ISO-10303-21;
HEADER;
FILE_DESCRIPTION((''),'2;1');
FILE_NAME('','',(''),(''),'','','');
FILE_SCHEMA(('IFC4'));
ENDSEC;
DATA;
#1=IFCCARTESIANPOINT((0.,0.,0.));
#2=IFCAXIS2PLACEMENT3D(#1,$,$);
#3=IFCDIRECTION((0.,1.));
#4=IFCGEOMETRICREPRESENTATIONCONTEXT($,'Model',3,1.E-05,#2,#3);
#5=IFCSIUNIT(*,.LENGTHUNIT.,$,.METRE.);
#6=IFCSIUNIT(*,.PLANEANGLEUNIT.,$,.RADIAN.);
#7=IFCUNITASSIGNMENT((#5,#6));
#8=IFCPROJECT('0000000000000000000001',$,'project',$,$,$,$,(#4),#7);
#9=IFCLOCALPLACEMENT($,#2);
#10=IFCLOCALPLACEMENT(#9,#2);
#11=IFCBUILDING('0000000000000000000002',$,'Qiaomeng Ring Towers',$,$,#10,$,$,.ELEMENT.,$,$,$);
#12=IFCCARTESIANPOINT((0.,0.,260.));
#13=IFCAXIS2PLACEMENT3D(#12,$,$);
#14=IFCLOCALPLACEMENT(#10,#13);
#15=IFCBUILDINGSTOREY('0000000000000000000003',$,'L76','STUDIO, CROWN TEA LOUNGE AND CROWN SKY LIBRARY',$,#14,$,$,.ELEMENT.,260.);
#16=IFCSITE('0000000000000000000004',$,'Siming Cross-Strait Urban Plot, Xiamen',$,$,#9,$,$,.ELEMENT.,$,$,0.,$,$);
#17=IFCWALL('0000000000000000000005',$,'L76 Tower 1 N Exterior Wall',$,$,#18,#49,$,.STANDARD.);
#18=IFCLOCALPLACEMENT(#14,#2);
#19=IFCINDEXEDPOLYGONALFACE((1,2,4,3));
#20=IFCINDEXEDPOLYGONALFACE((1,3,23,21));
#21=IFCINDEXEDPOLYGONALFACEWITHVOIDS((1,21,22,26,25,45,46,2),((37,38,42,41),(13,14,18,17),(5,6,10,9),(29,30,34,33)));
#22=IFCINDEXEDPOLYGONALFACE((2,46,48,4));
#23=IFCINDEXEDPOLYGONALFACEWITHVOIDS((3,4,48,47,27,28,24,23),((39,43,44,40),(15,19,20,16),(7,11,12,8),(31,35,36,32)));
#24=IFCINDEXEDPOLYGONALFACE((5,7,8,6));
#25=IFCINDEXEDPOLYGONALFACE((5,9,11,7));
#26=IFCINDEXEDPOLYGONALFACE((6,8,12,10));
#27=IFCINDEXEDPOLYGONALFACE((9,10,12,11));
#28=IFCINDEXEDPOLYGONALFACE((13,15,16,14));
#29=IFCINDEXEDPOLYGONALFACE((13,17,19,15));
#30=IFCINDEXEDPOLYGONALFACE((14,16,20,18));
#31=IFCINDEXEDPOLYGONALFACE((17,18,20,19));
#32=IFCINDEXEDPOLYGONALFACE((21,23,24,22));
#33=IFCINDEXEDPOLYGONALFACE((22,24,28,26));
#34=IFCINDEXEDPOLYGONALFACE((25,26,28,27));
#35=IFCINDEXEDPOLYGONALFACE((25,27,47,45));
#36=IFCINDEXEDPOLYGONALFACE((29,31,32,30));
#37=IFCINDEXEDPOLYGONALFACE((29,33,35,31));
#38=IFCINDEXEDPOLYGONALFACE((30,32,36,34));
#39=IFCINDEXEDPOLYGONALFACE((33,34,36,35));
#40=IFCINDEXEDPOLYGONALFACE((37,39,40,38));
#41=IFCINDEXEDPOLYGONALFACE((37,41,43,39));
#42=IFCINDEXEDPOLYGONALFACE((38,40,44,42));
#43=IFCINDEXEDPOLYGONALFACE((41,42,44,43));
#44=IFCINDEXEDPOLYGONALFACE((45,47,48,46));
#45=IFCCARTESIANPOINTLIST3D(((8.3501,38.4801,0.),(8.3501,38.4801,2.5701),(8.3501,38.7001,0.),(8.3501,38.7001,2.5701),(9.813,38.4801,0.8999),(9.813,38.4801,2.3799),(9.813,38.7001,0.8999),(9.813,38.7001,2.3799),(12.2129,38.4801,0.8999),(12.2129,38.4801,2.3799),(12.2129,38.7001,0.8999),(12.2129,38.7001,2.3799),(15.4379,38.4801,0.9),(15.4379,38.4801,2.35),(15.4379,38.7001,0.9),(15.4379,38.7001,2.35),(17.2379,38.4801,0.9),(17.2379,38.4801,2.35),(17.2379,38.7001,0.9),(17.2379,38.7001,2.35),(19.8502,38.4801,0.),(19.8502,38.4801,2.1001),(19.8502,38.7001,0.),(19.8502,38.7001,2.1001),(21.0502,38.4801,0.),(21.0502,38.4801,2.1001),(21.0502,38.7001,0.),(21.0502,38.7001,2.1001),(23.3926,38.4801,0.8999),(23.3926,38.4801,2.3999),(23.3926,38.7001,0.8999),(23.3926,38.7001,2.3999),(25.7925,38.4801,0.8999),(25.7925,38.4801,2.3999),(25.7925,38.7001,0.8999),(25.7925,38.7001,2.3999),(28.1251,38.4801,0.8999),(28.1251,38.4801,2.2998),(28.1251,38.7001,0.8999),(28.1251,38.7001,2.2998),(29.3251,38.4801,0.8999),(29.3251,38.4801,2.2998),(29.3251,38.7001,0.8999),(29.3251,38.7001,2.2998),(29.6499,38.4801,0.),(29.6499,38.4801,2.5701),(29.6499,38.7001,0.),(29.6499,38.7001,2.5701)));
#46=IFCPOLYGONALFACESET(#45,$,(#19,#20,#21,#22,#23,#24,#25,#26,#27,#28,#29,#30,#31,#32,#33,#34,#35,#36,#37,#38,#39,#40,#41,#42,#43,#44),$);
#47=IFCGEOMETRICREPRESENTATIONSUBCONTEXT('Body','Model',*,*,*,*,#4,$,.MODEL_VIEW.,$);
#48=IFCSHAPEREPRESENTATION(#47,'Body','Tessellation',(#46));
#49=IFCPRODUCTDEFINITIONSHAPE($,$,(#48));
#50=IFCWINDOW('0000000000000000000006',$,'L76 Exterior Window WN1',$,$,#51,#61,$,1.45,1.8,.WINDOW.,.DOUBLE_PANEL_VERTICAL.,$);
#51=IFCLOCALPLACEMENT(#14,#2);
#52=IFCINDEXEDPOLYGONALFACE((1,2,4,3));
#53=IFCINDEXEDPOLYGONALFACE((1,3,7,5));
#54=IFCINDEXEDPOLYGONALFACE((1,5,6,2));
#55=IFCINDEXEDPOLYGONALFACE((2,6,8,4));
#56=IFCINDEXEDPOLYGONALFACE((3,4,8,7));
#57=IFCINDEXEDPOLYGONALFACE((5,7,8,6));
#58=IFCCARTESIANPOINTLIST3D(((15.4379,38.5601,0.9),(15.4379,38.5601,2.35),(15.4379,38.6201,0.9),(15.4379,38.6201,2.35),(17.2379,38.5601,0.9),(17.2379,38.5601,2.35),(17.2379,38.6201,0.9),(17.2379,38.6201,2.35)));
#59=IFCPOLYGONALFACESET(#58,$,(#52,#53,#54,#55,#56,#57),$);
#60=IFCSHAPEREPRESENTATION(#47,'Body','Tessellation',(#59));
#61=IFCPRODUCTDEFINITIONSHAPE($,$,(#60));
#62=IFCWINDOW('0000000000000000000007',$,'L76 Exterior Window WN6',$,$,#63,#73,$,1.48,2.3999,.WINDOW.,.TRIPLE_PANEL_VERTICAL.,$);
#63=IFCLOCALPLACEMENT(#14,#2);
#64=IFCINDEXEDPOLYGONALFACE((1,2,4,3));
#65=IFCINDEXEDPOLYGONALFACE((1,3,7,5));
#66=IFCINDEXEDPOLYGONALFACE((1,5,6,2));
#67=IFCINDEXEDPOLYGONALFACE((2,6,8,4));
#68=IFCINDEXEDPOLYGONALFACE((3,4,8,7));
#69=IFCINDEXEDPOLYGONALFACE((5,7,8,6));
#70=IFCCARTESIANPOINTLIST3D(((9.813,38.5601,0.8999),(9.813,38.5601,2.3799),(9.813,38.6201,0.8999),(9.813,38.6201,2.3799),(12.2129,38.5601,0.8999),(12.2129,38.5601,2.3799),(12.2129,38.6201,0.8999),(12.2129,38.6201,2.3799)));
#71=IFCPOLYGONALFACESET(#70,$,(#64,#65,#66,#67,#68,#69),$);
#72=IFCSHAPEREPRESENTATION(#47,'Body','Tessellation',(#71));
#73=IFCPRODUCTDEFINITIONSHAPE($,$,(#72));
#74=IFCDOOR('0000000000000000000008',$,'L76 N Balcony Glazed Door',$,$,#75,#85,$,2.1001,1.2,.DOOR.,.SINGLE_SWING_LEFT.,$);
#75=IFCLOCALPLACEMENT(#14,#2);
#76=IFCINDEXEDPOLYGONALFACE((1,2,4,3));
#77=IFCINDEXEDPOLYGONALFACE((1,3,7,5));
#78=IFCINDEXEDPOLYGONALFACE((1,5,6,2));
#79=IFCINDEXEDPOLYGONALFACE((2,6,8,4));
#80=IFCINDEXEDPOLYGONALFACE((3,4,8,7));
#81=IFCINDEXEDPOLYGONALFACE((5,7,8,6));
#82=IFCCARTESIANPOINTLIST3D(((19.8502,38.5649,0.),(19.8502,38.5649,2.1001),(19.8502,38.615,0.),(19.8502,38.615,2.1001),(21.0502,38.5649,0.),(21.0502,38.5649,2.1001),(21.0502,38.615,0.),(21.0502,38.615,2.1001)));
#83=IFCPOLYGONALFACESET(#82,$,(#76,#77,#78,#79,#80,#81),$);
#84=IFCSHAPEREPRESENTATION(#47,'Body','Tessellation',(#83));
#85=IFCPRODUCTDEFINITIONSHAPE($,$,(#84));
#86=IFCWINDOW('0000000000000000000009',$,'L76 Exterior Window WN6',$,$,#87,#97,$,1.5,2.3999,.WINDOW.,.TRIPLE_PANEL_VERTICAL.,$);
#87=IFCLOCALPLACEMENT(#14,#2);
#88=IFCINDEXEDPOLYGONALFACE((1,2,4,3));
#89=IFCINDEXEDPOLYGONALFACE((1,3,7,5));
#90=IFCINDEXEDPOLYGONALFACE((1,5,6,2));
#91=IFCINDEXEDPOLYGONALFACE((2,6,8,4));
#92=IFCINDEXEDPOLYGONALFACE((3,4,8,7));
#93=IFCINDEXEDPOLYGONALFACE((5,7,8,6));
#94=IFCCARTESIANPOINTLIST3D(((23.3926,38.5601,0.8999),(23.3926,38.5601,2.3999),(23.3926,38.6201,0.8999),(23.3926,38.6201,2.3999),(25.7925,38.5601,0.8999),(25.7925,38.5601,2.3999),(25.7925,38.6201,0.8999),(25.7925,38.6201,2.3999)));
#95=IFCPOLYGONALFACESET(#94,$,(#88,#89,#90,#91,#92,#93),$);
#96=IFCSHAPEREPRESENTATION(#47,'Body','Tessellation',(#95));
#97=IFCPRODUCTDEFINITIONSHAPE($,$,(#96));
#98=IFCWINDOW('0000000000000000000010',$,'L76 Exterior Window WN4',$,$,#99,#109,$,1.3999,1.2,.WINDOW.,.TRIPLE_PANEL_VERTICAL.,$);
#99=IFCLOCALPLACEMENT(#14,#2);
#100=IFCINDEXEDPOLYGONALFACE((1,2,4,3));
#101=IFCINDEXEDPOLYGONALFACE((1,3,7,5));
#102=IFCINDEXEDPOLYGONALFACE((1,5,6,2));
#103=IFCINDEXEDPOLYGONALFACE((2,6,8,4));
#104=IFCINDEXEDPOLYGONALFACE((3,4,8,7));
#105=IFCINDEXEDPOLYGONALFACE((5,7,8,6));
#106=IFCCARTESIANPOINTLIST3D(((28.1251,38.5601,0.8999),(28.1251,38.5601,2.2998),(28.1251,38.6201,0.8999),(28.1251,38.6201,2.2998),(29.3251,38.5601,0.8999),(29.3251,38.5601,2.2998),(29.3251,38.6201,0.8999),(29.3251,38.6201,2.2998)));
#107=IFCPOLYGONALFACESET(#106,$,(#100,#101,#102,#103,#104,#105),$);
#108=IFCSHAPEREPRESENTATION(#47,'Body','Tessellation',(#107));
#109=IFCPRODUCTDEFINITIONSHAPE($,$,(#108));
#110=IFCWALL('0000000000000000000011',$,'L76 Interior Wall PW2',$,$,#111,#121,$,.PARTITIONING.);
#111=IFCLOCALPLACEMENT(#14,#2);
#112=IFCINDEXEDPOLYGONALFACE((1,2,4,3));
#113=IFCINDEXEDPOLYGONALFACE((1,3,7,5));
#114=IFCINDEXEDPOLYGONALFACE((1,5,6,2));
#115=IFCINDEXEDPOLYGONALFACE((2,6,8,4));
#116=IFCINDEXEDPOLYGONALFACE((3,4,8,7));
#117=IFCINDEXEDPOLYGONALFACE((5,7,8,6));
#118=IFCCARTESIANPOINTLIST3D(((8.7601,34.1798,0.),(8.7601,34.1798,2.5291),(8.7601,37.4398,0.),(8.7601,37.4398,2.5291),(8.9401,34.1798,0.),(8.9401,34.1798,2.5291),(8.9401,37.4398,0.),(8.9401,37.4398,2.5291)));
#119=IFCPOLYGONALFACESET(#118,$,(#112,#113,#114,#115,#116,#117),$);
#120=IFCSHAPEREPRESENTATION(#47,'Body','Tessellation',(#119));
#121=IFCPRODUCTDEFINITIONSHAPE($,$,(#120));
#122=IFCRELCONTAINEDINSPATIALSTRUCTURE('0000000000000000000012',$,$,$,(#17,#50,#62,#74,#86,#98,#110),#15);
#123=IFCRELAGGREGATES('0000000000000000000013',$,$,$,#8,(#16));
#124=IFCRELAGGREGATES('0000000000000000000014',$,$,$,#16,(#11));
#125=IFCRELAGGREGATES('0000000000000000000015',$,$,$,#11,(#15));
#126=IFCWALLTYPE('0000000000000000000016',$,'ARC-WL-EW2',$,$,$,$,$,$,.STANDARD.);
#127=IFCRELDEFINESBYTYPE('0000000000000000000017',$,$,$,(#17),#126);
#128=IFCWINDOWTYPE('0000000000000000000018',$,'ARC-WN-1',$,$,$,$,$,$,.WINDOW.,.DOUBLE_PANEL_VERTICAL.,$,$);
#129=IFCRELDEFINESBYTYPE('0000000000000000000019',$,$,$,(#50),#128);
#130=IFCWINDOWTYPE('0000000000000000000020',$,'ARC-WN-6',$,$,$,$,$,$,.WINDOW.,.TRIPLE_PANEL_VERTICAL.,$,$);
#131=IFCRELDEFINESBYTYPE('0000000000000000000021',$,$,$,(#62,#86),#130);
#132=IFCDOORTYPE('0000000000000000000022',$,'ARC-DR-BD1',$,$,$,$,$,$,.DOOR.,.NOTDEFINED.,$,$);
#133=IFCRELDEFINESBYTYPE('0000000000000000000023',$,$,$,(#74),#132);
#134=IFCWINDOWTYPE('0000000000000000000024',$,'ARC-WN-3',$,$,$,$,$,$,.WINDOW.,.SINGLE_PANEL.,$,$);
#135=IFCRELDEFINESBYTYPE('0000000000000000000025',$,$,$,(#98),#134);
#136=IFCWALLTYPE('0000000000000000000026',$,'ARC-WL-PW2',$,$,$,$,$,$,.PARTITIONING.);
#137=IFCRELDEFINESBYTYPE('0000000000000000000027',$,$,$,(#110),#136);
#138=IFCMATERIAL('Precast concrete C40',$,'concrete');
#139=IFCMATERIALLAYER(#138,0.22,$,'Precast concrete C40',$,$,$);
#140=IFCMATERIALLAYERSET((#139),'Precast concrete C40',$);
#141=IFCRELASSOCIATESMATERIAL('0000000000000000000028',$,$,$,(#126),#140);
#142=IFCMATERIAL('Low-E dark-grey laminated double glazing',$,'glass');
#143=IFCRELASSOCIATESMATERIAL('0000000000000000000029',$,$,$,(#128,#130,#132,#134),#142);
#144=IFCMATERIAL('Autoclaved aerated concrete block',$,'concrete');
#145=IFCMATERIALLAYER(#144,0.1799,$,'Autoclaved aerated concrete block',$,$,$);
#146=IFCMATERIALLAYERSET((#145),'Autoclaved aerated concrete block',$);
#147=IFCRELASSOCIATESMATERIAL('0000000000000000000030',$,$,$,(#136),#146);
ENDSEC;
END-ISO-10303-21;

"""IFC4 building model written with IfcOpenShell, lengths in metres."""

from ifc_helpers import new_model, si_unit, direction, frame, frame_2d, origin, place, context, subcontext, project, spatial, rectangle, extrude, source, transform, mapped, material, layer, layer_set, type_object, element, fill, save


model = new_model("IFC4")

# Units and contexts
model_context = context("Model", 3, precision=1e-05, world=origin(), true_north=direction((0.0, 1.0)))
body_context = subcontext(model_context, "Body", "Model", "MODEL_VIEW")
ifc_project = project(units=[si_unit("LENGTHUNIT", "METRE"), si_unit("PLANEANGLEUNIT", "RADIAN")], contexts=[model_context])

# Site, building, storey
site_placement = place(None, origin())
site = spatial("IfcSite", under=ifc_project, at=site_placement, Name="Siming Cross-Strait Urban Plot, Xiamen", CompositionType="ELEMENT", RefElevation=0.0)
building_placement = place(site_placement, origin())
building = spatial("IfcBuilding", under=site, at=building_placement, Name="Qiaomeng Ring Towers", CompositionType="ELEMENT")
storey_placement = place(building_placement, frame((0.0, 0.0, 260.0)))
storey = spatial("IfcBuildingStorey", under=building, at=storey_placement, Name="L76", Description="STUDIO, CROWN TEA LOUNGE AND CROWN SKY LIBRARY", CompositionType="ELEMENT", Elevation=260.0)

# Shared definitions
ifc_material_1 = material(Name="Low-E dark-grey laminated double glazing", Category="glass")

# Wall, openings, windows, door
ifc_material_2 = material(Name="Precast concrete C40", Category="concrete")
ifc_layer_1 = layer(ifc_material_2, 0.22, Name="Precast concrete C40")
ifc_layer_set_1 = layer_set([ifc_layer_1], Name="Precast concrete C40")
wall_type_1 = type_object("IfcWallType", Name="ARC-WL-EW2", PredefinedType="STANDARD", material=ifc_layer_set_1)
wall_1_placement = place(storey_placement, frame((8.3501, 38.5901, 0.0), z_axis=(0.0, 0.0, 1.0), x_axis=(1.0, 0.0, 0.0)))
wall_1 = element("IfcWall", 1, at=wall_1_placement, inside=storey, type_object=wall_type_1, Name="L76 Tower 1 N Exterior Wall", PredefinedType="STANDARD", context=body_context, shape_type="SweptSolid", body=[
    extrude(rectangle(XDim=21.2998, YDim=0.22, at=frame_2d((10.6499, 0.0))), origin(), (0.0, 0.0, 1.0), 2.5701),
])
opening_1_placement = place(wall_1_placement, frame((11.5, 0.0, 0.0)))
opening_1 = element("IfcOpeningElement", 2, at=opening_1_placement, cuts=wall_1, PredefinedType="OPENING", context=body_context, shape_type="SweptSolid", body=[
    extrude(rectangle(XDim=1.2, YDim=2.1001, at=frame_2d((0.6001, 1.05))), frame((0.0, 0.1199, 0.0), z_axis=(0.0, -1.0, 0.0), x_axis=(1.0, 0.0, 0.0)), (0.0, 0.0, 1.0), 0.24),
])
opening_2_placement = place(wall_1_placement, frame((1.4629, 0.0, 0.8999)))
opening_2 = element("IfcOpeningElement", 3, at=opening_2_placement, cuts=wall_1, PredefinedType="OPENING", context=body_context, shape_type="SweptSolid", body=[
    extrude(rectangle(XDim=2.3999, YDim=1.48, at=frame_2d((1.2, 0.74))), frame((0.0, 0.1199, 0.0), z_axis=(0.0, -1.0, 0.0), x_axis=(1.0, 0.0, 0.0)), (0.0, 0.0, 1.0), 0.24),
])
opening_3_placement = place(wall_1_placement, frame((7.0879, 0.0, 0.8999)))
opening_3 = element("IfcOpeningElement", 4, at=opening_3_placement, cuts=wall_1, PredefinedType="OPENING", context=body_context, shape_type="SweptSolid", body=[
    extrude(rectangle(XDim=1.8, YDim=1.45, at=frame_2d((0.8999, 0.7251))), frame((0.0, 0.1199, 0.0), z_axis=(0.0, -1.0, 0.0), x_axis=(1.0, 0.0, 0.0)), (0.0, 0.0, 1.0), 0.24),
])
opening_4_placement = place(wall_1_placement, frame((19.7749, 0.0, 0.8999)))
opening_4 = element("IfcOpeningElement", 5, at=opening_4_placement, cuts=wall_1, PredefinedType="OPENING", context=body_context, shape_type="SweptSolid", body=[
    extrude(rectangle(XDim=1.2, YDim=1.3999, at=frame_2d((0.6001, 0.7))), frame((0.0, 0.1199, 0.0), z_axis=(0.0, -1.0, 0.0), x_axis=(1.0, 0.0, 0.0)), (0.0, 0.0, 1.0), 0.24),
])
opening_5_placement = place(wall_1_placement, frame((15.0425, 0.0, 0.8999)))
opening_5 = element("IfcOpeningElement", 6, at=opening_5_placement, cuts=wall_1, PredefinedType="OPENING", context=body_context, shape_type="SweptSolid", body=[
    extrude(rectangle(XDim=2.3999, YDim=1.5, at=frame_2d((1.2, 0.75))), frame((0.0, 0.1199, 0.0), z_axis=(0.0, -1.0, 0.0), x_axis=(1.0, 0.0, 0.0)), (0.0, 0.0, 1.0), 0.24),
])
window_type_1 = type_object("IfcWindowType", Name="ARC-WN-1", PartitioningType="DOUBLE_PANEL_VERTICAL", PredefinedType="WINDOW", material=ifc_material_1)
shared_shape_1 = source(origin(), body_context, "Body", "SweptSolid", [
    extrude(rectangle(XDim=1.8, YDim=1.45, at=frame_2d((0.8999, 0.7251))), frame((0.0, 0.03, 0.0), z_axis=(0.0, -1.0, 0.0), x_axis=(1.0, 0.0, 0.0)), (0.0, 0.0, 1.0), 0.0601),
])
window_1_placement = place(opening_3_placement, origin())
window_1 = element("IfcWindow", 7, at=window_1_placement, inside=storey, type_object=window_type_1, Name="L76 Exterior Window WN1", OverallHeight=1.45, OverallWidth=1.8, PartitioningType="DOUBLE_PANEL_VERTICAL", PredefinedType="WINDOW", context=body_context, shape_type="MappedRepresentation", body=[
    mapped(shared_shape_1, transform((0.0, 0.0, 0.0), x_axis=(1.0, 0.0, 0.0), y_axis=(0.0, 1.0, 0.0), z_axis=(0.0, 0.0, 1.0), scale=1.0)),
])
fill(opening_3, window_1)
window_type_2 = type_object("IfcWindowType", Name="ARC-WN-6", PartitioningType="TRIPLE_PANEL_VERTICAL", PredefinedType="WINDOW", material=ifc_material_1)
shared_shape_2 = source(origin(), body_context, "Body", "SweptSolid", [
    extrude(rectangle(XDim=2.3999, YDim=1.48, at=frame_2d((1.2, 0.74))), frame((0.0, 0.03, 0.0), z_axis=(0.0, -1.0, 0.0), x_axis=(1.0, 0.0, 0.0)), (0.0, 0.0, 1.0), 0.0601),
])
window_2_placement = place(opening_2_placement, origin())
window_2 = element("IfcWindow", 8, at=window_2_placement, inside=storey, type_object=window_type_2, Name="L76 Exterior Window WN6", OverallHeight=1.48, OverallWidth=2.3999, PartitioningType="TRIPLE_PANEL_VERTICAL", PredefinedType="WINDOW", context=body_context, shape_type="MappedRepresentation", body=[
    mapped(shared_shape_2, transform((0.0, 0.0, 0.0), x_axis=(1.0, 0.0, 0.0), y_axis=(0.0, 1.0, 0.0), z_axis=(0.0, 0.0, 1.0), scale=1.0)),
])
fill(opening_2, window_2)
door_type_1 = type_object("IfcDoorType", Name="ARC-DR-BD1", OperationType="NOTDEFINED", PredefinedType="DOOR", material=ifc_material_1)
shared_shape_3 = source(origin(), body_context, "Body", "SweptSolid", [
    extrude(rectangle(XDim=1.2, YDim=2.1001, at=frame_2d((0.6001, 1.05))), frame((0.0, 0.0249, 0.0), z_axis=(0.0, -1.0, 0.0), x_axis=(1.0, 0.0, 0.0)), (0.0, 0.0, 1.0), 0.05),
])
door_1_placement = place(opening_1_placement, origin())
door_1 = element("IfcDoor", 9, at=door_1_placement, inside=storey, type_object=door_type_1, Name="L76 N Balcony Glazed Door", OperationType="SINGLE_SWING_LEFT", OverallHeight=2.1001, OverallWidth=1.2, PredefinedType="DOOR", context=body_context, shape_type="MappedRepresentation", body=[
    mapped(shared_shape_3, transform((0.0, 0.0, 0.0), x_axis=(1.0, 0.0, 0.0), y_axis=(0.0, 1.0, 0.0), z_axis=(0.0, 0.0, 1.0), scale=1.0)),
])
fill(opening_1, door_1)
shared_shape_4 = source(origin(), body_context, "Body", "SweptSolid", [
    extrude(rectangle(XDim=2.3999, YDim=1.5, at=frame_2d((1.2, 0.75))), frame((0.0, 0.03, 0.0), z_axis=(0.0, -1.0, 0.0), x_axis=(1.0, 0.0, 0.0)), (0.0, 0.0, 1.0), 0.0601),
])
window_3_placement = place(opening_5_placement, origin())
window_3 = element("IfcWindow", 10, at=window_3_placement, inside=storey, type_object=window_type_2, Name="L76 Exterior Window WN6", OverallHeight=1.5, OverallWidth=2.3999, PartitioningType="TRIPLE_PANEL_VERTICAL", PredefinedType="WINDOW", context=body_context, shape_type="MappedRepresentation", body=[
    mapped(shared_shape_4, transform((0.0, 0.0, 0.0), x_axis=(1.0, 0.0, 0.0), y_axis=(0.0, 1.0, 0.0), z_axis=(0.0, 0.0, 1.0), scale=1.0)),
])
fill(opening_5, window_3)
window_type_3 = type_object("IfcWindowType", Name="ARC-WN-3", PartitioningType="SINGLE_PANEL", PredefinedType="WINDOW", material=ifc_material_1)
shared_shape_5 = source(origin(), body_context, "Body", "SweptSolid", [
    extrude(rectangle(XDim=1.2, YDim=1.3999, at=frame_2d((0.6001, 0.7))), frame((0.0, 0.03, 0.0), z_axis=(0.0, -1.0, 0.0), x_axis=(1.0, 0.0, 0.0)), (0.0, 0.0, 1.0), 0.0601),
])
window_4_placement = place(opening_4_placement, origin())
window_4 = element("IfcWindow", 11, at=window_4_placement, inside=storey, type_object=window_type_3, Name="L76 Exterior Window WN4", OverallHeight=1.3999, OverallWidth=1.2, PartitioningType="TRIPLE_PANEL_VERTICAL", PredefinedType="WINDOW", context=body_context, shape_type="MappedRepresentation", body=[
    mapped(shared_shape_5, transform((0.0, 0.0, 0.0), x_axis=(1.0, 0.0, 0.0), y_axis=(0.0, 1.0, 0.0), z_axis=(0.0, 0.0, 1.0), scale=1.0)),
])
fill(opening_4, window_4)

# Wall
ifc_material_3 = material(Name="Autoclaved aerated concrete block", Category="concrete")
ifc_layer_2 = layer(ifc_material_3, 0.1799, Name="Autoclaved aerated concrete block")
ifc_layer_set_2 = layer_set([ifc_layer_2], Name="Autoclaved aerated concrete block")
wall_type_2 = type_object("IfcWallType", Name="ARC-WL-PW2", PredefinedType="PARTITIONING", material=ifc_layer_set_2)
wall_2_placement = place(storey_placement, frame((8.8501, 34.1799, 0.0), z_axis=(0.0, 0.0, 1.0), x_axis=(0.0, 1.0, 0.0)))
element("IfcWall", 12, at=wall_2_placement, inside=storey, type_object=wall_type_2, Name="L76 Interior Wall PW2", PredefinedType="PARTITIONING", context=body_context, shape_type="SweptSolid", body=[
    extrude(rectangle(XDim=3.26, YDim=0.1799, at=frame_2d((1.6299, 0.0))), origin(), (0.0, 0.0, 1.0), 2.5291),
])

save(model, "model.ifc")
